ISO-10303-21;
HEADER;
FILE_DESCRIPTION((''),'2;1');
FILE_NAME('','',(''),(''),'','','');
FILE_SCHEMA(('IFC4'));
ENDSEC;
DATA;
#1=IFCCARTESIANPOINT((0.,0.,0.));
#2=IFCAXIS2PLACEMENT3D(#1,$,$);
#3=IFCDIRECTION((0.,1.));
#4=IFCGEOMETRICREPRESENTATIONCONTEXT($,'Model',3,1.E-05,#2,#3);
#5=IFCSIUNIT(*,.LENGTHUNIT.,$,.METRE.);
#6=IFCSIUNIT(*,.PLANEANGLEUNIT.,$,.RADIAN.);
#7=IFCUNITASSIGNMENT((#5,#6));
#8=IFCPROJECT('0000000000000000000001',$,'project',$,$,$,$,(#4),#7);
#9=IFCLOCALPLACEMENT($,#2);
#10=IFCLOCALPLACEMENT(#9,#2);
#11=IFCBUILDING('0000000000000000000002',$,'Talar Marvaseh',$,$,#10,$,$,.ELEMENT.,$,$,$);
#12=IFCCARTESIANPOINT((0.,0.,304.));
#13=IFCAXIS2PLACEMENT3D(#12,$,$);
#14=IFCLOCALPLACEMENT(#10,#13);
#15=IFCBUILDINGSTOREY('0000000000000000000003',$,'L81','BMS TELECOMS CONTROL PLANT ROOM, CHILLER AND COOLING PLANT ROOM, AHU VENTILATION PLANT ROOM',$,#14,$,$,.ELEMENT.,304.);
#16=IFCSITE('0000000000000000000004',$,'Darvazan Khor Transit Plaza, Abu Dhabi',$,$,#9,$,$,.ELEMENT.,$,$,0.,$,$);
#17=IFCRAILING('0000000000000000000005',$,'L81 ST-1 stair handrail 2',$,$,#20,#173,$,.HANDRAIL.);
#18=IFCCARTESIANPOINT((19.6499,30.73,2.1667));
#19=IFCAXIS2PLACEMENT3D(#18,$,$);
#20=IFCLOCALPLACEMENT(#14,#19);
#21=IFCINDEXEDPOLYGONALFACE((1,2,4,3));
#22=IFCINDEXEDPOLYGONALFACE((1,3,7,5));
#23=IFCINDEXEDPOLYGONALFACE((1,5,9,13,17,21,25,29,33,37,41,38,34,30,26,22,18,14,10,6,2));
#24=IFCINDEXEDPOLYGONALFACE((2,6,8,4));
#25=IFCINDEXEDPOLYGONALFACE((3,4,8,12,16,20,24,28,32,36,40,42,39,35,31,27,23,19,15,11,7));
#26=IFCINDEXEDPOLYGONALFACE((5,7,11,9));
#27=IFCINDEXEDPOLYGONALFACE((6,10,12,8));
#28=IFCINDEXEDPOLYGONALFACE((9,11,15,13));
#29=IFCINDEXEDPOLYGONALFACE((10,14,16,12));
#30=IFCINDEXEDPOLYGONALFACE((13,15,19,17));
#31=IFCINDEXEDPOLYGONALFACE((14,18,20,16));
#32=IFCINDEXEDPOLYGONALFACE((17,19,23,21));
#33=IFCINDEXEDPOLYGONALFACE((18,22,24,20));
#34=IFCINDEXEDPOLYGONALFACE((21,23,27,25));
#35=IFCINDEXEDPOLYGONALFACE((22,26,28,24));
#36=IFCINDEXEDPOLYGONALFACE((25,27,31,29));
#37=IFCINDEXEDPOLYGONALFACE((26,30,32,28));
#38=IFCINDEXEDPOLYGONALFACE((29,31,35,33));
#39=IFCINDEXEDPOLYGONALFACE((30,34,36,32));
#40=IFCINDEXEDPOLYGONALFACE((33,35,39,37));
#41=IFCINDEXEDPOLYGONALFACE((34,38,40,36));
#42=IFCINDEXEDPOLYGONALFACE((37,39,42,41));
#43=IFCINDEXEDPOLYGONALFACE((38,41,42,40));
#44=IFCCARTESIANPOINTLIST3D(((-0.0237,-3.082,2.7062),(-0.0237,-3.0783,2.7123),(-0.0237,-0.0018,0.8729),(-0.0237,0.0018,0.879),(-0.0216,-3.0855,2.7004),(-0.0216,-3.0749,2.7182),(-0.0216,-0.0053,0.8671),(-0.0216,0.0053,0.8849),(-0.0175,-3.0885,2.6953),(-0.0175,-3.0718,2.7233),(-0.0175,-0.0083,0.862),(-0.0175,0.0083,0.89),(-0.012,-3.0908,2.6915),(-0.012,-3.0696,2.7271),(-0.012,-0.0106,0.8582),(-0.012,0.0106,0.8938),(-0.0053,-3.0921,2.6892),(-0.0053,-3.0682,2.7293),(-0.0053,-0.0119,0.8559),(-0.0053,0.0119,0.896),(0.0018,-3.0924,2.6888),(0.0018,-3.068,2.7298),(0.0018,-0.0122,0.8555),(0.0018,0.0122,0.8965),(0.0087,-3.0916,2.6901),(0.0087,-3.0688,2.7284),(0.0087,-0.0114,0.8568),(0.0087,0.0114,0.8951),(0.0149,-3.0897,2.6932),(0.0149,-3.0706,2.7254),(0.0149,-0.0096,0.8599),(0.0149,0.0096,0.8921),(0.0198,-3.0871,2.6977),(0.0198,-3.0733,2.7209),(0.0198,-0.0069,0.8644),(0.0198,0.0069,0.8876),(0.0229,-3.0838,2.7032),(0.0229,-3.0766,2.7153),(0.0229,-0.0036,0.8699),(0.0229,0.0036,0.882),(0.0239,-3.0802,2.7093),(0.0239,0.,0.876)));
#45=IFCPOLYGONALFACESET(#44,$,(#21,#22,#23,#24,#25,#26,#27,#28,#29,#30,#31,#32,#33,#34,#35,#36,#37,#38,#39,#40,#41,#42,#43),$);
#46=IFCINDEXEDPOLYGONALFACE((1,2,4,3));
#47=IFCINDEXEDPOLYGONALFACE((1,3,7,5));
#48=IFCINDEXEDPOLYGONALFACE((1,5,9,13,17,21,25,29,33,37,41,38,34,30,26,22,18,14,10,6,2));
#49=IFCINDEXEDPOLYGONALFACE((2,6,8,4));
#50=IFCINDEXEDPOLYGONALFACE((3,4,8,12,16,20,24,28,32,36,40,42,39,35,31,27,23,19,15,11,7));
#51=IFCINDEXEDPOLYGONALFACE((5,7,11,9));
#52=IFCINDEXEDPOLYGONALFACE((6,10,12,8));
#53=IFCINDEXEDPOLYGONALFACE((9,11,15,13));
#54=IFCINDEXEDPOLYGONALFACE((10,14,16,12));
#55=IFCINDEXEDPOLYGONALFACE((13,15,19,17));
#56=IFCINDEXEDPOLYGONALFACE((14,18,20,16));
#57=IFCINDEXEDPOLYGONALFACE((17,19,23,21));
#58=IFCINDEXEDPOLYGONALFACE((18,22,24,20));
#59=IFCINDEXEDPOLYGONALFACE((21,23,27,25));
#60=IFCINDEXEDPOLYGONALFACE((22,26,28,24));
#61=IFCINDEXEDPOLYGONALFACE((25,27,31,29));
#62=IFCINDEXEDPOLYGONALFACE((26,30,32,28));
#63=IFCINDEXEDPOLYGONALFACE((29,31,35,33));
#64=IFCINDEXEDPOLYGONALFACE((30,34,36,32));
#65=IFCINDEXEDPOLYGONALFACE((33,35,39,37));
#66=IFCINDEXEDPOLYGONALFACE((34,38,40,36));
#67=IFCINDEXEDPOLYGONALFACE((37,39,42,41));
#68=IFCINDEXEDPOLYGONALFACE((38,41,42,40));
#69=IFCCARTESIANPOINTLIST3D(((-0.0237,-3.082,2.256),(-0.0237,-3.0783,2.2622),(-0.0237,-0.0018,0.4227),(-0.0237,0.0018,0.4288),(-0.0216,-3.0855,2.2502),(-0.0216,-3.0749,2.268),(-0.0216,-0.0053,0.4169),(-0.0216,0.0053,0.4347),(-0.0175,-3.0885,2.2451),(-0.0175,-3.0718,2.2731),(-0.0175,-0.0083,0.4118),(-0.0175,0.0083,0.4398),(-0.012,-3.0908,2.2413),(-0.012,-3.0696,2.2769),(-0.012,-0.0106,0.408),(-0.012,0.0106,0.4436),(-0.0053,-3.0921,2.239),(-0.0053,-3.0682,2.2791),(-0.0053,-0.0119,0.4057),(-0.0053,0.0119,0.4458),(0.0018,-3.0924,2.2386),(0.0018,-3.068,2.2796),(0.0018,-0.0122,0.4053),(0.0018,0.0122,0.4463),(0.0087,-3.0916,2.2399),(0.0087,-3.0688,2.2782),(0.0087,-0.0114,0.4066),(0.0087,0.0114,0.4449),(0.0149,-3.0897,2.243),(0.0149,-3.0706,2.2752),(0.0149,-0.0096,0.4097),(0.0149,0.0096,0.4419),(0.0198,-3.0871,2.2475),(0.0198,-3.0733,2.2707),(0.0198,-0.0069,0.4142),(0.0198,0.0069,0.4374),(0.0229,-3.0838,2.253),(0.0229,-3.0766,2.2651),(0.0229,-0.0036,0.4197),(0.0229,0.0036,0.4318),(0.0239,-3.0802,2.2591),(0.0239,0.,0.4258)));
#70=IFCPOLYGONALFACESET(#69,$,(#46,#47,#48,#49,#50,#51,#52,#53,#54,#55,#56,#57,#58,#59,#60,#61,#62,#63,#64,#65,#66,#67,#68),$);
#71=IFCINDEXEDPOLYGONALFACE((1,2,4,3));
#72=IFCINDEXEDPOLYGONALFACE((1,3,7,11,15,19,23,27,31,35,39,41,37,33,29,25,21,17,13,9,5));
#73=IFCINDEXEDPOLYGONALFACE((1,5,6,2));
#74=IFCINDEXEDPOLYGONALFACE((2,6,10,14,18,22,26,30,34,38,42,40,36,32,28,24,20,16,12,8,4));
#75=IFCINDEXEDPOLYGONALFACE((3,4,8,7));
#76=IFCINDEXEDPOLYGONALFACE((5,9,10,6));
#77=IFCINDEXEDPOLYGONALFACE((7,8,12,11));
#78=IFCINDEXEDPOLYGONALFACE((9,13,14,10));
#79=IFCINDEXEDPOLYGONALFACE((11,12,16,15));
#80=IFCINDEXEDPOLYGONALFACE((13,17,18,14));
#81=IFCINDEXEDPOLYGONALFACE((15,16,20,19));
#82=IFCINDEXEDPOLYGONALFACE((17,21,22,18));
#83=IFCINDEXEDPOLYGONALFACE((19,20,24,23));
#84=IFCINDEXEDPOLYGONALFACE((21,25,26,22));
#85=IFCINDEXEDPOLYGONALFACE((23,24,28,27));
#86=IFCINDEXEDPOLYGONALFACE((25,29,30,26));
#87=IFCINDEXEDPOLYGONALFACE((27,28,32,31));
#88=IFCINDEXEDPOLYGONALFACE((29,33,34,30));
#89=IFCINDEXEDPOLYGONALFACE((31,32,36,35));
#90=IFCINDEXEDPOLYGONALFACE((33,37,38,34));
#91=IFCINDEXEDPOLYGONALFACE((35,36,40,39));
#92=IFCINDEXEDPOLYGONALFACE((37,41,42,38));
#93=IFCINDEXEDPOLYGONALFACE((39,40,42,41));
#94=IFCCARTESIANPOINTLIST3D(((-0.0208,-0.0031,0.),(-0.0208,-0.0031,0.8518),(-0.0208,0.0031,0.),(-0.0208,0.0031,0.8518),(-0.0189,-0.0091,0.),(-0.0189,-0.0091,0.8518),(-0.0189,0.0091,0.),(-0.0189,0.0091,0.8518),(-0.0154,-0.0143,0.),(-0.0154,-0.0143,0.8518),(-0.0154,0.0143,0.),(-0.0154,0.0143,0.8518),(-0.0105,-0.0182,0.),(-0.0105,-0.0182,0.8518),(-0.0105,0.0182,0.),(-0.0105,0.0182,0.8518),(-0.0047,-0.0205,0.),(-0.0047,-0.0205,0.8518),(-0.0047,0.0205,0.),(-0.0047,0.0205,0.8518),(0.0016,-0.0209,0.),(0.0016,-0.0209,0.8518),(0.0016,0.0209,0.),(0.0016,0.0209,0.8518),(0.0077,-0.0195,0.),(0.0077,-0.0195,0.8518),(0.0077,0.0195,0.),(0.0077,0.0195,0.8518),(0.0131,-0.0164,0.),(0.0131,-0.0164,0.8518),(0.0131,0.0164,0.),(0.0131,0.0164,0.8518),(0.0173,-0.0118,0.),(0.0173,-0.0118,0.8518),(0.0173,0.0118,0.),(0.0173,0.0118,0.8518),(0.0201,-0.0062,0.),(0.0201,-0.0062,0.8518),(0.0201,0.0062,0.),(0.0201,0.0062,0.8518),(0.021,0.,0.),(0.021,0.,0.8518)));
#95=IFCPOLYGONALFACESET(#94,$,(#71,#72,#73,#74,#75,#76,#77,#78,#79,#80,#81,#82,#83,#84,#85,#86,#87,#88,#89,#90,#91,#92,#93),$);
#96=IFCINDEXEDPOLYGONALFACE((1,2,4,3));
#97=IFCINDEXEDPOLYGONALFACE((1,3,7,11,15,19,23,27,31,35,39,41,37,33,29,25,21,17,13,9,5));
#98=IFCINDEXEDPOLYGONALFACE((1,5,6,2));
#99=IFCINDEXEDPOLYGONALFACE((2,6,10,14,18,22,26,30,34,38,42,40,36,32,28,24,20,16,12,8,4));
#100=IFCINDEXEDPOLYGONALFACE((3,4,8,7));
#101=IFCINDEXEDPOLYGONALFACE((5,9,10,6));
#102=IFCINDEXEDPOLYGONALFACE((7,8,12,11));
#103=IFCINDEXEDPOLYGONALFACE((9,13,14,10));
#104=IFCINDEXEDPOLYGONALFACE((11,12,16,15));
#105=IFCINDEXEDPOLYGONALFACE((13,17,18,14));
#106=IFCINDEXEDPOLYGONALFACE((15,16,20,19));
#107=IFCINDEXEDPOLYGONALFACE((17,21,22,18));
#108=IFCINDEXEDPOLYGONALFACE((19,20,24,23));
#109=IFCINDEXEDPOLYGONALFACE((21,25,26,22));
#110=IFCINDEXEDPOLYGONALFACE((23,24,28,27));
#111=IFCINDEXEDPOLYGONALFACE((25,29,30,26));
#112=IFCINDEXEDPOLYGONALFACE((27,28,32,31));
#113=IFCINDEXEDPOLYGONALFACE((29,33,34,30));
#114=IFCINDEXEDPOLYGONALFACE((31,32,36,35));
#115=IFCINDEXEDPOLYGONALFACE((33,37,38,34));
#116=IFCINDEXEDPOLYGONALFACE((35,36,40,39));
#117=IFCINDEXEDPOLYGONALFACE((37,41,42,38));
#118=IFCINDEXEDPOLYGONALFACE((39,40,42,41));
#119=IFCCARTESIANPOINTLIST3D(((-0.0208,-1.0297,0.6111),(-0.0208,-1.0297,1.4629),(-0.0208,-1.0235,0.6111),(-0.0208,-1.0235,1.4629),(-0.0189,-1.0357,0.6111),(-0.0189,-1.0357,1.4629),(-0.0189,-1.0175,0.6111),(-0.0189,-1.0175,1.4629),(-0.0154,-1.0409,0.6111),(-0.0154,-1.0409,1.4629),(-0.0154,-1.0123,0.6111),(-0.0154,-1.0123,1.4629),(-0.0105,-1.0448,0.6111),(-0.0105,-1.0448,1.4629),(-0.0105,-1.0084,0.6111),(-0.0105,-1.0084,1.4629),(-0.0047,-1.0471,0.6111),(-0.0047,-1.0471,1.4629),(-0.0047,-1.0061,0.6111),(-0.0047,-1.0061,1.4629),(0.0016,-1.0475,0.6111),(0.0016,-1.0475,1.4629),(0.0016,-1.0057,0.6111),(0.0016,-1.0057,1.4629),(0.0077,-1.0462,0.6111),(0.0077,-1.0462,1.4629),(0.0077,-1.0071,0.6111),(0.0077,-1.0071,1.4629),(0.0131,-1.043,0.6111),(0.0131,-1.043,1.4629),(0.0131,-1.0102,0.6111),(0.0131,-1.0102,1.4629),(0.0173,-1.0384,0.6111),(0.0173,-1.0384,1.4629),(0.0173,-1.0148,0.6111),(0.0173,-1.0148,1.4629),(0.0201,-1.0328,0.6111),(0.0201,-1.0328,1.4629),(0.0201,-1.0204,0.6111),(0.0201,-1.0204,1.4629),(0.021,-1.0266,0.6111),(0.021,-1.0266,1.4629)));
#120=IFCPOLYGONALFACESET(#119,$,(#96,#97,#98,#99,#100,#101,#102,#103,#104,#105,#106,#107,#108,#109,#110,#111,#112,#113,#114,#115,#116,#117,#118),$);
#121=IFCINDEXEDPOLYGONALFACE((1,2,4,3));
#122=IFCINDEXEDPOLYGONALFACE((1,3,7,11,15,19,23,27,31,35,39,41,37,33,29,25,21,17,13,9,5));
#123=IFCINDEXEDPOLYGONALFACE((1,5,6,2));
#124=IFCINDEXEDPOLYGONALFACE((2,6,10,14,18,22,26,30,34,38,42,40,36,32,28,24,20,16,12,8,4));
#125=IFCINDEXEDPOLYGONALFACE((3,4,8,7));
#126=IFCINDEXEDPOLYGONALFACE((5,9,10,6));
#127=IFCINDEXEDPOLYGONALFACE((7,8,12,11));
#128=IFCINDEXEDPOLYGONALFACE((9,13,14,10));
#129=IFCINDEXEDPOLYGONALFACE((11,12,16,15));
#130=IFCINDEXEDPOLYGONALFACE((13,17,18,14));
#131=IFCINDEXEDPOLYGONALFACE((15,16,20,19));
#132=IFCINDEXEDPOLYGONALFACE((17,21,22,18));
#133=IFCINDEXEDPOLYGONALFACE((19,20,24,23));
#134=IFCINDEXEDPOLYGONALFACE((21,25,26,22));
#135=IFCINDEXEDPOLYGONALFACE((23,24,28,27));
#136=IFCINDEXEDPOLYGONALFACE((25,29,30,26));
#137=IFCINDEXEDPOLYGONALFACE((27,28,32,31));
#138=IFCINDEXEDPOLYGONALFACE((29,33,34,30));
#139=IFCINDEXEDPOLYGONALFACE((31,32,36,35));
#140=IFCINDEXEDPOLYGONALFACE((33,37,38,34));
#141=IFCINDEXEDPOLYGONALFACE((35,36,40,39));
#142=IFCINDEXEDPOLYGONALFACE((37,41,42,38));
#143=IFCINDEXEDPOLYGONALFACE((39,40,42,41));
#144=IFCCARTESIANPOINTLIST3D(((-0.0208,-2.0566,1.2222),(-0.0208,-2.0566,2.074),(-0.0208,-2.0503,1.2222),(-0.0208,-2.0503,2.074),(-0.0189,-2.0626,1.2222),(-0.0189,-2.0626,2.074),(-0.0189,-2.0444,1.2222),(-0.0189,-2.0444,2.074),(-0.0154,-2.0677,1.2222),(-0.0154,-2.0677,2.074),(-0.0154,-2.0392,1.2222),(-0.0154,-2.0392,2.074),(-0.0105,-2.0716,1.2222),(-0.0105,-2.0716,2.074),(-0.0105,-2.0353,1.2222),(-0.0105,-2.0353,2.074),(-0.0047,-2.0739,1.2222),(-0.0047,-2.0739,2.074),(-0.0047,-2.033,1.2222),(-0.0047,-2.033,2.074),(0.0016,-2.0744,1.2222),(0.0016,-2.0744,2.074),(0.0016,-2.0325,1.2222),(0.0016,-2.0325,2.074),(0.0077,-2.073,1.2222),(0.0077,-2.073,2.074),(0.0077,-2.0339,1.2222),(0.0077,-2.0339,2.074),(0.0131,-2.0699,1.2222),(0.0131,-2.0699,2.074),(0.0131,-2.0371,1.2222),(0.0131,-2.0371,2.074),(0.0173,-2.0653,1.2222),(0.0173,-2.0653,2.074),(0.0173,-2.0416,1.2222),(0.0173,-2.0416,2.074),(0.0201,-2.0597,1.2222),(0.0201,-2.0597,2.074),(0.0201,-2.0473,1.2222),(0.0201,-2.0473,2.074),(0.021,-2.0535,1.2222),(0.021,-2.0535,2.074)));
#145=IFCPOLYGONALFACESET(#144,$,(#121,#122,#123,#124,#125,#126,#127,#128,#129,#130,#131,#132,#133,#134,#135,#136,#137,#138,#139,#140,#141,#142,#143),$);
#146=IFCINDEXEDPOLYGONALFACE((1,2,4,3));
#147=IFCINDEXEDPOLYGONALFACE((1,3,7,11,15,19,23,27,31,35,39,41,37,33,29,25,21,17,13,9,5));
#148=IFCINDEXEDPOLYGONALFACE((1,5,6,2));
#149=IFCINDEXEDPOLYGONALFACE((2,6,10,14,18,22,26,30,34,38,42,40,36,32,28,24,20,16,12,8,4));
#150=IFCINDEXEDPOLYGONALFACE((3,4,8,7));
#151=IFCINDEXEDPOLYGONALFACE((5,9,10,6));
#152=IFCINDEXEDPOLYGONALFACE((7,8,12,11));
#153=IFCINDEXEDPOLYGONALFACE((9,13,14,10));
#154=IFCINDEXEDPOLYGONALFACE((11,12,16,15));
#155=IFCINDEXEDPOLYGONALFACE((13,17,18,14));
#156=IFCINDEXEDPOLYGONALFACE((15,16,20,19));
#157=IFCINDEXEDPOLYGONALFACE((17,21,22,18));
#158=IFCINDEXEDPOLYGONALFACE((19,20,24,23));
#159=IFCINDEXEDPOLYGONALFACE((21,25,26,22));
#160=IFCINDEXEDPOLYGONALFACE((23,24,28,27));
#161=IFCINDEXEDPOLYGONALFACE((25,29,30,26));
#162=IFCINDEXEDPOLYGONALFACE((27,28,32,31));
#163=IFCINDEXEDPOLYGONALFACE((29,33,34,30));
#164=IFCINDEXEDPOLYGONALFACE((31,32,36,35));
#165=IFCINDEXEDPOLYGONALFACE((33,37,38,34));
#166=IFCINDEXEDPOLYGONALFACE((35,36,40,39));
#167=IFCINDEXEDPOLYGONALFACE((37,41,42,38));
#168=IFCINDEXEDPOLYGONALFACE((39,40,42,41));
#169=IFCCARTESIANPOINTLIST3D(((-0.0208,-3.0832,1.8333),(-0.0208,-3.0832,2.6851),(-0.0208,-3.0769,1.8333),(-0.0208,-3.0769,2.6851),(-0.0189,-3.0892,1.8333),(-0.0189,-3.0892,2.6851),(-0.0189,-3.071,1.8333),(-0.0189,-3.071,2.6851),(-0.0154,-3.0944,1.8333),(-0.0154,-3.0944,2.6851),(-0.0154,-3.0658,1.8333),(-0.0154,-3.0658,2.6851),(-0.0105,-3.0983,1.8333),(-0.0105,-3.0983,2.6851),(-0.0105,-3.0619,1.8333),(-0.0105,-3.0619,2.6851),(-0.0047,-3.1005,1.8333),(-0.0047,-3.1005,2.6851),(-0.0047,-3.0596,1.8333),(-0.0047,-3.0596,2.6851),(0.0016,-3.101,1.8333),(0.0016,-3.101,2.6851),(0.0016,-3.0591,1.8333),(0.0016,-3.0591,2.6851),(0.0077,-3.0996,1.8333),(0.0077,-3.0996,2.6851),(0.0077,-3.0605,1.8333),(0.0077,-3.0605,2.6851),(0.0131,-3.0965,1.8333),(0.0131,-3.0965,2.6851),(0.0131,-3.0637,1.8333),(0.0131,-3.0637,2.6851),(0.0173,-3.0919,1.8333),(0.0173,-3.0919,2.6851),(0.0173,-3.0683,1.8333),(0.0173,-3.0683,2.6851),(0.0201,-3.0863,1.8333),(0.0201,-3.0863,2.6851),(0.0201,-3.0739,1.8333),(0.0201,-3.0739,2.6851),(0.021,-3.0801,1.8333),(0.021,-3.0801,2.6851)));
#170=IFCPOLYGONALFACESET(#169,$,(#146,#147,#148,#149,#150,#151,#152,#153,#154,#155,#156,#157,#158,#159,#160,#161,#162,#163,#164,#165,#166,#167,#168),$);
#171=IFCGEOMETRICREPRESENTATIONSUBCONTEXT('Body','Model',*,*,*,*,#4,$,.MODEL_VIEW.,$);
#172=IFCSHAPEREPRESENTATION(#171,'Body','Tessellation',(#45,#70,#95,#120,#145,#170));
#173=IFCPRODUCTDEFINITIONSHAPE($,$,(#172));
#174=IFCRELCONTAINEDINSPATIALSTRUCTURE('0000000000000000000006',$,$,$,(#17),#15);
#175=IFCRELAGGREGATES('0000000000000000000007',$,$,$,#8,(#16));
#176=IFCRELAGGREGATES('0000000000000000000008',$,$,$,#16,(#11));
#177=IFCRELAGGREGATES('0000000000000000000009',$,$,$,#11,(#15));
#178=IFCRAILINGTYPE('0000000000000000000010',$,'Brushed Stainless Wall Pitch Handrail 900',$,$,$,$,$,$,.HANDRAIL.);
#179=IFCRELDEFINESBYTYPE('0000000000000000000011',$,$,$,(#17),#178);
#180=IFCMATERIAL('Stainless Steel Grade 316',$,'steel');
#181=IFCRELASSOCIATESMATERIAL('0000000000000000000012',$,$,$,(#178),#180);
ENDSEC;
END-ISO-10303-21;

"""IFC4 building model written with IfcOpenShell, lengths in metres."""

from ifc_helpers import new_model, si_unit, direction, frame, origin, origin_2d, place, context, subcontext, project, spatial, circle, extrude, material, type_object, element, save


model = new_model("IFC4")

# Units and contexts
model_context = context("Model", 3, precision=1e-05, world=origin(), true_north=direction((0.0, 1.0)))
body_context = subcontext(model_context, "Body", "Model", "MODEL_VIEW")
ifc_project = project(units=[si_unit("LENGTHUNIT", "METRE"), si_unit("PLANEANGLEUNIT", "RADIAN")], contexts=[model_context])

# Site, building, storey
site_placement = place(None, origin())
site = spatial("IfcSite", under=ifc_project, at=site_placement, Name="Darvazan Khor Transit Plaza, Abu Dhabi", CompositionType="ELEMENT", RefElevation=0.0)
building_placement = place(site_placement, origin())
building = spatial("IfcBuilding", under=site, at=building_placement, Name="Talar Marvaseh", CompositionType="ELEMENT")
storey_placement = place(building_placement, frame((0.0, 0.0, 304.0)))
storey = spatial("IfcBuildingStorey", under=building, at=storey_placement, Name="L81", Description="BMS TELECOMS CONTROL PLANT ROOM, CHILLER AND COOLING PLANT ROOM, AHU VENTILATION PLANT ROOM", CompositionType="ELEMENT", Elevation=304.0)

# Shared definitions
ifc_material_1 = material(Name="Stainless Steel Grade 316", Category="steel")

# Railing
railing_type_1 = type_object("IfcRailingType", Name="Brushed Stainless Wall Pitch Handrail 900", PredefinedType="HANDRAIL", material=ifc_material_1)
railing_1_placement = place(storey_placement, frame((19.6499, 30.73, 2.1667)))
element("IfcRailing", 1, at=railing_1_placement, inside=storey, type_object=railing_type_1, Name="L81 ST-1 stair handrail 2", PredefinedType="HANDRAIL", context=body_context, shape_type="SweptSolid", body=[
    extrude(circle(Radius=0.0239, at=origin_2d()), frame((0.0, 0.0, 0.876), z_axis=(0.0, -0.859309, 0.511458), x_axis=(1.0, 0.0, 0.0)), (0.0, 0.0, 1.0), 3.5845),
    extrude(circle(Radius=0.0239, at=origin_2d()), frame((0.0, 0.0, 0.4258), z_axis=(0.0, -0.859309, 0.511458), x_axis=(1.0, 0.0, 0.0)), (0.0, 0.0, 1.0), 3.5845),
    extrude(circle(Radius=0.021, at=origin_2d()), origin(), (0.0, 0.0, 1.0), 0.8518),
    extrude(circle(Radius=0.021, at=origin_2d()), frame((0.0, -1.0266, 0.6111)), (0.0, 0.0, 1.0), 0.8518),
    extrude(circle(Radius=0.021, at=origin_2d()), frame((0.0, -2.0535, 1.2222)), (0.0, 0.0, 1.0), 0.8518),
    extrude(circle(Radius=0.021, at=origin_2d()), frame((0.0, -3.0801, 1.8333)), (0.0, 0.0, 1.0), 0.8518),
])

save(model, "model.ifc")
